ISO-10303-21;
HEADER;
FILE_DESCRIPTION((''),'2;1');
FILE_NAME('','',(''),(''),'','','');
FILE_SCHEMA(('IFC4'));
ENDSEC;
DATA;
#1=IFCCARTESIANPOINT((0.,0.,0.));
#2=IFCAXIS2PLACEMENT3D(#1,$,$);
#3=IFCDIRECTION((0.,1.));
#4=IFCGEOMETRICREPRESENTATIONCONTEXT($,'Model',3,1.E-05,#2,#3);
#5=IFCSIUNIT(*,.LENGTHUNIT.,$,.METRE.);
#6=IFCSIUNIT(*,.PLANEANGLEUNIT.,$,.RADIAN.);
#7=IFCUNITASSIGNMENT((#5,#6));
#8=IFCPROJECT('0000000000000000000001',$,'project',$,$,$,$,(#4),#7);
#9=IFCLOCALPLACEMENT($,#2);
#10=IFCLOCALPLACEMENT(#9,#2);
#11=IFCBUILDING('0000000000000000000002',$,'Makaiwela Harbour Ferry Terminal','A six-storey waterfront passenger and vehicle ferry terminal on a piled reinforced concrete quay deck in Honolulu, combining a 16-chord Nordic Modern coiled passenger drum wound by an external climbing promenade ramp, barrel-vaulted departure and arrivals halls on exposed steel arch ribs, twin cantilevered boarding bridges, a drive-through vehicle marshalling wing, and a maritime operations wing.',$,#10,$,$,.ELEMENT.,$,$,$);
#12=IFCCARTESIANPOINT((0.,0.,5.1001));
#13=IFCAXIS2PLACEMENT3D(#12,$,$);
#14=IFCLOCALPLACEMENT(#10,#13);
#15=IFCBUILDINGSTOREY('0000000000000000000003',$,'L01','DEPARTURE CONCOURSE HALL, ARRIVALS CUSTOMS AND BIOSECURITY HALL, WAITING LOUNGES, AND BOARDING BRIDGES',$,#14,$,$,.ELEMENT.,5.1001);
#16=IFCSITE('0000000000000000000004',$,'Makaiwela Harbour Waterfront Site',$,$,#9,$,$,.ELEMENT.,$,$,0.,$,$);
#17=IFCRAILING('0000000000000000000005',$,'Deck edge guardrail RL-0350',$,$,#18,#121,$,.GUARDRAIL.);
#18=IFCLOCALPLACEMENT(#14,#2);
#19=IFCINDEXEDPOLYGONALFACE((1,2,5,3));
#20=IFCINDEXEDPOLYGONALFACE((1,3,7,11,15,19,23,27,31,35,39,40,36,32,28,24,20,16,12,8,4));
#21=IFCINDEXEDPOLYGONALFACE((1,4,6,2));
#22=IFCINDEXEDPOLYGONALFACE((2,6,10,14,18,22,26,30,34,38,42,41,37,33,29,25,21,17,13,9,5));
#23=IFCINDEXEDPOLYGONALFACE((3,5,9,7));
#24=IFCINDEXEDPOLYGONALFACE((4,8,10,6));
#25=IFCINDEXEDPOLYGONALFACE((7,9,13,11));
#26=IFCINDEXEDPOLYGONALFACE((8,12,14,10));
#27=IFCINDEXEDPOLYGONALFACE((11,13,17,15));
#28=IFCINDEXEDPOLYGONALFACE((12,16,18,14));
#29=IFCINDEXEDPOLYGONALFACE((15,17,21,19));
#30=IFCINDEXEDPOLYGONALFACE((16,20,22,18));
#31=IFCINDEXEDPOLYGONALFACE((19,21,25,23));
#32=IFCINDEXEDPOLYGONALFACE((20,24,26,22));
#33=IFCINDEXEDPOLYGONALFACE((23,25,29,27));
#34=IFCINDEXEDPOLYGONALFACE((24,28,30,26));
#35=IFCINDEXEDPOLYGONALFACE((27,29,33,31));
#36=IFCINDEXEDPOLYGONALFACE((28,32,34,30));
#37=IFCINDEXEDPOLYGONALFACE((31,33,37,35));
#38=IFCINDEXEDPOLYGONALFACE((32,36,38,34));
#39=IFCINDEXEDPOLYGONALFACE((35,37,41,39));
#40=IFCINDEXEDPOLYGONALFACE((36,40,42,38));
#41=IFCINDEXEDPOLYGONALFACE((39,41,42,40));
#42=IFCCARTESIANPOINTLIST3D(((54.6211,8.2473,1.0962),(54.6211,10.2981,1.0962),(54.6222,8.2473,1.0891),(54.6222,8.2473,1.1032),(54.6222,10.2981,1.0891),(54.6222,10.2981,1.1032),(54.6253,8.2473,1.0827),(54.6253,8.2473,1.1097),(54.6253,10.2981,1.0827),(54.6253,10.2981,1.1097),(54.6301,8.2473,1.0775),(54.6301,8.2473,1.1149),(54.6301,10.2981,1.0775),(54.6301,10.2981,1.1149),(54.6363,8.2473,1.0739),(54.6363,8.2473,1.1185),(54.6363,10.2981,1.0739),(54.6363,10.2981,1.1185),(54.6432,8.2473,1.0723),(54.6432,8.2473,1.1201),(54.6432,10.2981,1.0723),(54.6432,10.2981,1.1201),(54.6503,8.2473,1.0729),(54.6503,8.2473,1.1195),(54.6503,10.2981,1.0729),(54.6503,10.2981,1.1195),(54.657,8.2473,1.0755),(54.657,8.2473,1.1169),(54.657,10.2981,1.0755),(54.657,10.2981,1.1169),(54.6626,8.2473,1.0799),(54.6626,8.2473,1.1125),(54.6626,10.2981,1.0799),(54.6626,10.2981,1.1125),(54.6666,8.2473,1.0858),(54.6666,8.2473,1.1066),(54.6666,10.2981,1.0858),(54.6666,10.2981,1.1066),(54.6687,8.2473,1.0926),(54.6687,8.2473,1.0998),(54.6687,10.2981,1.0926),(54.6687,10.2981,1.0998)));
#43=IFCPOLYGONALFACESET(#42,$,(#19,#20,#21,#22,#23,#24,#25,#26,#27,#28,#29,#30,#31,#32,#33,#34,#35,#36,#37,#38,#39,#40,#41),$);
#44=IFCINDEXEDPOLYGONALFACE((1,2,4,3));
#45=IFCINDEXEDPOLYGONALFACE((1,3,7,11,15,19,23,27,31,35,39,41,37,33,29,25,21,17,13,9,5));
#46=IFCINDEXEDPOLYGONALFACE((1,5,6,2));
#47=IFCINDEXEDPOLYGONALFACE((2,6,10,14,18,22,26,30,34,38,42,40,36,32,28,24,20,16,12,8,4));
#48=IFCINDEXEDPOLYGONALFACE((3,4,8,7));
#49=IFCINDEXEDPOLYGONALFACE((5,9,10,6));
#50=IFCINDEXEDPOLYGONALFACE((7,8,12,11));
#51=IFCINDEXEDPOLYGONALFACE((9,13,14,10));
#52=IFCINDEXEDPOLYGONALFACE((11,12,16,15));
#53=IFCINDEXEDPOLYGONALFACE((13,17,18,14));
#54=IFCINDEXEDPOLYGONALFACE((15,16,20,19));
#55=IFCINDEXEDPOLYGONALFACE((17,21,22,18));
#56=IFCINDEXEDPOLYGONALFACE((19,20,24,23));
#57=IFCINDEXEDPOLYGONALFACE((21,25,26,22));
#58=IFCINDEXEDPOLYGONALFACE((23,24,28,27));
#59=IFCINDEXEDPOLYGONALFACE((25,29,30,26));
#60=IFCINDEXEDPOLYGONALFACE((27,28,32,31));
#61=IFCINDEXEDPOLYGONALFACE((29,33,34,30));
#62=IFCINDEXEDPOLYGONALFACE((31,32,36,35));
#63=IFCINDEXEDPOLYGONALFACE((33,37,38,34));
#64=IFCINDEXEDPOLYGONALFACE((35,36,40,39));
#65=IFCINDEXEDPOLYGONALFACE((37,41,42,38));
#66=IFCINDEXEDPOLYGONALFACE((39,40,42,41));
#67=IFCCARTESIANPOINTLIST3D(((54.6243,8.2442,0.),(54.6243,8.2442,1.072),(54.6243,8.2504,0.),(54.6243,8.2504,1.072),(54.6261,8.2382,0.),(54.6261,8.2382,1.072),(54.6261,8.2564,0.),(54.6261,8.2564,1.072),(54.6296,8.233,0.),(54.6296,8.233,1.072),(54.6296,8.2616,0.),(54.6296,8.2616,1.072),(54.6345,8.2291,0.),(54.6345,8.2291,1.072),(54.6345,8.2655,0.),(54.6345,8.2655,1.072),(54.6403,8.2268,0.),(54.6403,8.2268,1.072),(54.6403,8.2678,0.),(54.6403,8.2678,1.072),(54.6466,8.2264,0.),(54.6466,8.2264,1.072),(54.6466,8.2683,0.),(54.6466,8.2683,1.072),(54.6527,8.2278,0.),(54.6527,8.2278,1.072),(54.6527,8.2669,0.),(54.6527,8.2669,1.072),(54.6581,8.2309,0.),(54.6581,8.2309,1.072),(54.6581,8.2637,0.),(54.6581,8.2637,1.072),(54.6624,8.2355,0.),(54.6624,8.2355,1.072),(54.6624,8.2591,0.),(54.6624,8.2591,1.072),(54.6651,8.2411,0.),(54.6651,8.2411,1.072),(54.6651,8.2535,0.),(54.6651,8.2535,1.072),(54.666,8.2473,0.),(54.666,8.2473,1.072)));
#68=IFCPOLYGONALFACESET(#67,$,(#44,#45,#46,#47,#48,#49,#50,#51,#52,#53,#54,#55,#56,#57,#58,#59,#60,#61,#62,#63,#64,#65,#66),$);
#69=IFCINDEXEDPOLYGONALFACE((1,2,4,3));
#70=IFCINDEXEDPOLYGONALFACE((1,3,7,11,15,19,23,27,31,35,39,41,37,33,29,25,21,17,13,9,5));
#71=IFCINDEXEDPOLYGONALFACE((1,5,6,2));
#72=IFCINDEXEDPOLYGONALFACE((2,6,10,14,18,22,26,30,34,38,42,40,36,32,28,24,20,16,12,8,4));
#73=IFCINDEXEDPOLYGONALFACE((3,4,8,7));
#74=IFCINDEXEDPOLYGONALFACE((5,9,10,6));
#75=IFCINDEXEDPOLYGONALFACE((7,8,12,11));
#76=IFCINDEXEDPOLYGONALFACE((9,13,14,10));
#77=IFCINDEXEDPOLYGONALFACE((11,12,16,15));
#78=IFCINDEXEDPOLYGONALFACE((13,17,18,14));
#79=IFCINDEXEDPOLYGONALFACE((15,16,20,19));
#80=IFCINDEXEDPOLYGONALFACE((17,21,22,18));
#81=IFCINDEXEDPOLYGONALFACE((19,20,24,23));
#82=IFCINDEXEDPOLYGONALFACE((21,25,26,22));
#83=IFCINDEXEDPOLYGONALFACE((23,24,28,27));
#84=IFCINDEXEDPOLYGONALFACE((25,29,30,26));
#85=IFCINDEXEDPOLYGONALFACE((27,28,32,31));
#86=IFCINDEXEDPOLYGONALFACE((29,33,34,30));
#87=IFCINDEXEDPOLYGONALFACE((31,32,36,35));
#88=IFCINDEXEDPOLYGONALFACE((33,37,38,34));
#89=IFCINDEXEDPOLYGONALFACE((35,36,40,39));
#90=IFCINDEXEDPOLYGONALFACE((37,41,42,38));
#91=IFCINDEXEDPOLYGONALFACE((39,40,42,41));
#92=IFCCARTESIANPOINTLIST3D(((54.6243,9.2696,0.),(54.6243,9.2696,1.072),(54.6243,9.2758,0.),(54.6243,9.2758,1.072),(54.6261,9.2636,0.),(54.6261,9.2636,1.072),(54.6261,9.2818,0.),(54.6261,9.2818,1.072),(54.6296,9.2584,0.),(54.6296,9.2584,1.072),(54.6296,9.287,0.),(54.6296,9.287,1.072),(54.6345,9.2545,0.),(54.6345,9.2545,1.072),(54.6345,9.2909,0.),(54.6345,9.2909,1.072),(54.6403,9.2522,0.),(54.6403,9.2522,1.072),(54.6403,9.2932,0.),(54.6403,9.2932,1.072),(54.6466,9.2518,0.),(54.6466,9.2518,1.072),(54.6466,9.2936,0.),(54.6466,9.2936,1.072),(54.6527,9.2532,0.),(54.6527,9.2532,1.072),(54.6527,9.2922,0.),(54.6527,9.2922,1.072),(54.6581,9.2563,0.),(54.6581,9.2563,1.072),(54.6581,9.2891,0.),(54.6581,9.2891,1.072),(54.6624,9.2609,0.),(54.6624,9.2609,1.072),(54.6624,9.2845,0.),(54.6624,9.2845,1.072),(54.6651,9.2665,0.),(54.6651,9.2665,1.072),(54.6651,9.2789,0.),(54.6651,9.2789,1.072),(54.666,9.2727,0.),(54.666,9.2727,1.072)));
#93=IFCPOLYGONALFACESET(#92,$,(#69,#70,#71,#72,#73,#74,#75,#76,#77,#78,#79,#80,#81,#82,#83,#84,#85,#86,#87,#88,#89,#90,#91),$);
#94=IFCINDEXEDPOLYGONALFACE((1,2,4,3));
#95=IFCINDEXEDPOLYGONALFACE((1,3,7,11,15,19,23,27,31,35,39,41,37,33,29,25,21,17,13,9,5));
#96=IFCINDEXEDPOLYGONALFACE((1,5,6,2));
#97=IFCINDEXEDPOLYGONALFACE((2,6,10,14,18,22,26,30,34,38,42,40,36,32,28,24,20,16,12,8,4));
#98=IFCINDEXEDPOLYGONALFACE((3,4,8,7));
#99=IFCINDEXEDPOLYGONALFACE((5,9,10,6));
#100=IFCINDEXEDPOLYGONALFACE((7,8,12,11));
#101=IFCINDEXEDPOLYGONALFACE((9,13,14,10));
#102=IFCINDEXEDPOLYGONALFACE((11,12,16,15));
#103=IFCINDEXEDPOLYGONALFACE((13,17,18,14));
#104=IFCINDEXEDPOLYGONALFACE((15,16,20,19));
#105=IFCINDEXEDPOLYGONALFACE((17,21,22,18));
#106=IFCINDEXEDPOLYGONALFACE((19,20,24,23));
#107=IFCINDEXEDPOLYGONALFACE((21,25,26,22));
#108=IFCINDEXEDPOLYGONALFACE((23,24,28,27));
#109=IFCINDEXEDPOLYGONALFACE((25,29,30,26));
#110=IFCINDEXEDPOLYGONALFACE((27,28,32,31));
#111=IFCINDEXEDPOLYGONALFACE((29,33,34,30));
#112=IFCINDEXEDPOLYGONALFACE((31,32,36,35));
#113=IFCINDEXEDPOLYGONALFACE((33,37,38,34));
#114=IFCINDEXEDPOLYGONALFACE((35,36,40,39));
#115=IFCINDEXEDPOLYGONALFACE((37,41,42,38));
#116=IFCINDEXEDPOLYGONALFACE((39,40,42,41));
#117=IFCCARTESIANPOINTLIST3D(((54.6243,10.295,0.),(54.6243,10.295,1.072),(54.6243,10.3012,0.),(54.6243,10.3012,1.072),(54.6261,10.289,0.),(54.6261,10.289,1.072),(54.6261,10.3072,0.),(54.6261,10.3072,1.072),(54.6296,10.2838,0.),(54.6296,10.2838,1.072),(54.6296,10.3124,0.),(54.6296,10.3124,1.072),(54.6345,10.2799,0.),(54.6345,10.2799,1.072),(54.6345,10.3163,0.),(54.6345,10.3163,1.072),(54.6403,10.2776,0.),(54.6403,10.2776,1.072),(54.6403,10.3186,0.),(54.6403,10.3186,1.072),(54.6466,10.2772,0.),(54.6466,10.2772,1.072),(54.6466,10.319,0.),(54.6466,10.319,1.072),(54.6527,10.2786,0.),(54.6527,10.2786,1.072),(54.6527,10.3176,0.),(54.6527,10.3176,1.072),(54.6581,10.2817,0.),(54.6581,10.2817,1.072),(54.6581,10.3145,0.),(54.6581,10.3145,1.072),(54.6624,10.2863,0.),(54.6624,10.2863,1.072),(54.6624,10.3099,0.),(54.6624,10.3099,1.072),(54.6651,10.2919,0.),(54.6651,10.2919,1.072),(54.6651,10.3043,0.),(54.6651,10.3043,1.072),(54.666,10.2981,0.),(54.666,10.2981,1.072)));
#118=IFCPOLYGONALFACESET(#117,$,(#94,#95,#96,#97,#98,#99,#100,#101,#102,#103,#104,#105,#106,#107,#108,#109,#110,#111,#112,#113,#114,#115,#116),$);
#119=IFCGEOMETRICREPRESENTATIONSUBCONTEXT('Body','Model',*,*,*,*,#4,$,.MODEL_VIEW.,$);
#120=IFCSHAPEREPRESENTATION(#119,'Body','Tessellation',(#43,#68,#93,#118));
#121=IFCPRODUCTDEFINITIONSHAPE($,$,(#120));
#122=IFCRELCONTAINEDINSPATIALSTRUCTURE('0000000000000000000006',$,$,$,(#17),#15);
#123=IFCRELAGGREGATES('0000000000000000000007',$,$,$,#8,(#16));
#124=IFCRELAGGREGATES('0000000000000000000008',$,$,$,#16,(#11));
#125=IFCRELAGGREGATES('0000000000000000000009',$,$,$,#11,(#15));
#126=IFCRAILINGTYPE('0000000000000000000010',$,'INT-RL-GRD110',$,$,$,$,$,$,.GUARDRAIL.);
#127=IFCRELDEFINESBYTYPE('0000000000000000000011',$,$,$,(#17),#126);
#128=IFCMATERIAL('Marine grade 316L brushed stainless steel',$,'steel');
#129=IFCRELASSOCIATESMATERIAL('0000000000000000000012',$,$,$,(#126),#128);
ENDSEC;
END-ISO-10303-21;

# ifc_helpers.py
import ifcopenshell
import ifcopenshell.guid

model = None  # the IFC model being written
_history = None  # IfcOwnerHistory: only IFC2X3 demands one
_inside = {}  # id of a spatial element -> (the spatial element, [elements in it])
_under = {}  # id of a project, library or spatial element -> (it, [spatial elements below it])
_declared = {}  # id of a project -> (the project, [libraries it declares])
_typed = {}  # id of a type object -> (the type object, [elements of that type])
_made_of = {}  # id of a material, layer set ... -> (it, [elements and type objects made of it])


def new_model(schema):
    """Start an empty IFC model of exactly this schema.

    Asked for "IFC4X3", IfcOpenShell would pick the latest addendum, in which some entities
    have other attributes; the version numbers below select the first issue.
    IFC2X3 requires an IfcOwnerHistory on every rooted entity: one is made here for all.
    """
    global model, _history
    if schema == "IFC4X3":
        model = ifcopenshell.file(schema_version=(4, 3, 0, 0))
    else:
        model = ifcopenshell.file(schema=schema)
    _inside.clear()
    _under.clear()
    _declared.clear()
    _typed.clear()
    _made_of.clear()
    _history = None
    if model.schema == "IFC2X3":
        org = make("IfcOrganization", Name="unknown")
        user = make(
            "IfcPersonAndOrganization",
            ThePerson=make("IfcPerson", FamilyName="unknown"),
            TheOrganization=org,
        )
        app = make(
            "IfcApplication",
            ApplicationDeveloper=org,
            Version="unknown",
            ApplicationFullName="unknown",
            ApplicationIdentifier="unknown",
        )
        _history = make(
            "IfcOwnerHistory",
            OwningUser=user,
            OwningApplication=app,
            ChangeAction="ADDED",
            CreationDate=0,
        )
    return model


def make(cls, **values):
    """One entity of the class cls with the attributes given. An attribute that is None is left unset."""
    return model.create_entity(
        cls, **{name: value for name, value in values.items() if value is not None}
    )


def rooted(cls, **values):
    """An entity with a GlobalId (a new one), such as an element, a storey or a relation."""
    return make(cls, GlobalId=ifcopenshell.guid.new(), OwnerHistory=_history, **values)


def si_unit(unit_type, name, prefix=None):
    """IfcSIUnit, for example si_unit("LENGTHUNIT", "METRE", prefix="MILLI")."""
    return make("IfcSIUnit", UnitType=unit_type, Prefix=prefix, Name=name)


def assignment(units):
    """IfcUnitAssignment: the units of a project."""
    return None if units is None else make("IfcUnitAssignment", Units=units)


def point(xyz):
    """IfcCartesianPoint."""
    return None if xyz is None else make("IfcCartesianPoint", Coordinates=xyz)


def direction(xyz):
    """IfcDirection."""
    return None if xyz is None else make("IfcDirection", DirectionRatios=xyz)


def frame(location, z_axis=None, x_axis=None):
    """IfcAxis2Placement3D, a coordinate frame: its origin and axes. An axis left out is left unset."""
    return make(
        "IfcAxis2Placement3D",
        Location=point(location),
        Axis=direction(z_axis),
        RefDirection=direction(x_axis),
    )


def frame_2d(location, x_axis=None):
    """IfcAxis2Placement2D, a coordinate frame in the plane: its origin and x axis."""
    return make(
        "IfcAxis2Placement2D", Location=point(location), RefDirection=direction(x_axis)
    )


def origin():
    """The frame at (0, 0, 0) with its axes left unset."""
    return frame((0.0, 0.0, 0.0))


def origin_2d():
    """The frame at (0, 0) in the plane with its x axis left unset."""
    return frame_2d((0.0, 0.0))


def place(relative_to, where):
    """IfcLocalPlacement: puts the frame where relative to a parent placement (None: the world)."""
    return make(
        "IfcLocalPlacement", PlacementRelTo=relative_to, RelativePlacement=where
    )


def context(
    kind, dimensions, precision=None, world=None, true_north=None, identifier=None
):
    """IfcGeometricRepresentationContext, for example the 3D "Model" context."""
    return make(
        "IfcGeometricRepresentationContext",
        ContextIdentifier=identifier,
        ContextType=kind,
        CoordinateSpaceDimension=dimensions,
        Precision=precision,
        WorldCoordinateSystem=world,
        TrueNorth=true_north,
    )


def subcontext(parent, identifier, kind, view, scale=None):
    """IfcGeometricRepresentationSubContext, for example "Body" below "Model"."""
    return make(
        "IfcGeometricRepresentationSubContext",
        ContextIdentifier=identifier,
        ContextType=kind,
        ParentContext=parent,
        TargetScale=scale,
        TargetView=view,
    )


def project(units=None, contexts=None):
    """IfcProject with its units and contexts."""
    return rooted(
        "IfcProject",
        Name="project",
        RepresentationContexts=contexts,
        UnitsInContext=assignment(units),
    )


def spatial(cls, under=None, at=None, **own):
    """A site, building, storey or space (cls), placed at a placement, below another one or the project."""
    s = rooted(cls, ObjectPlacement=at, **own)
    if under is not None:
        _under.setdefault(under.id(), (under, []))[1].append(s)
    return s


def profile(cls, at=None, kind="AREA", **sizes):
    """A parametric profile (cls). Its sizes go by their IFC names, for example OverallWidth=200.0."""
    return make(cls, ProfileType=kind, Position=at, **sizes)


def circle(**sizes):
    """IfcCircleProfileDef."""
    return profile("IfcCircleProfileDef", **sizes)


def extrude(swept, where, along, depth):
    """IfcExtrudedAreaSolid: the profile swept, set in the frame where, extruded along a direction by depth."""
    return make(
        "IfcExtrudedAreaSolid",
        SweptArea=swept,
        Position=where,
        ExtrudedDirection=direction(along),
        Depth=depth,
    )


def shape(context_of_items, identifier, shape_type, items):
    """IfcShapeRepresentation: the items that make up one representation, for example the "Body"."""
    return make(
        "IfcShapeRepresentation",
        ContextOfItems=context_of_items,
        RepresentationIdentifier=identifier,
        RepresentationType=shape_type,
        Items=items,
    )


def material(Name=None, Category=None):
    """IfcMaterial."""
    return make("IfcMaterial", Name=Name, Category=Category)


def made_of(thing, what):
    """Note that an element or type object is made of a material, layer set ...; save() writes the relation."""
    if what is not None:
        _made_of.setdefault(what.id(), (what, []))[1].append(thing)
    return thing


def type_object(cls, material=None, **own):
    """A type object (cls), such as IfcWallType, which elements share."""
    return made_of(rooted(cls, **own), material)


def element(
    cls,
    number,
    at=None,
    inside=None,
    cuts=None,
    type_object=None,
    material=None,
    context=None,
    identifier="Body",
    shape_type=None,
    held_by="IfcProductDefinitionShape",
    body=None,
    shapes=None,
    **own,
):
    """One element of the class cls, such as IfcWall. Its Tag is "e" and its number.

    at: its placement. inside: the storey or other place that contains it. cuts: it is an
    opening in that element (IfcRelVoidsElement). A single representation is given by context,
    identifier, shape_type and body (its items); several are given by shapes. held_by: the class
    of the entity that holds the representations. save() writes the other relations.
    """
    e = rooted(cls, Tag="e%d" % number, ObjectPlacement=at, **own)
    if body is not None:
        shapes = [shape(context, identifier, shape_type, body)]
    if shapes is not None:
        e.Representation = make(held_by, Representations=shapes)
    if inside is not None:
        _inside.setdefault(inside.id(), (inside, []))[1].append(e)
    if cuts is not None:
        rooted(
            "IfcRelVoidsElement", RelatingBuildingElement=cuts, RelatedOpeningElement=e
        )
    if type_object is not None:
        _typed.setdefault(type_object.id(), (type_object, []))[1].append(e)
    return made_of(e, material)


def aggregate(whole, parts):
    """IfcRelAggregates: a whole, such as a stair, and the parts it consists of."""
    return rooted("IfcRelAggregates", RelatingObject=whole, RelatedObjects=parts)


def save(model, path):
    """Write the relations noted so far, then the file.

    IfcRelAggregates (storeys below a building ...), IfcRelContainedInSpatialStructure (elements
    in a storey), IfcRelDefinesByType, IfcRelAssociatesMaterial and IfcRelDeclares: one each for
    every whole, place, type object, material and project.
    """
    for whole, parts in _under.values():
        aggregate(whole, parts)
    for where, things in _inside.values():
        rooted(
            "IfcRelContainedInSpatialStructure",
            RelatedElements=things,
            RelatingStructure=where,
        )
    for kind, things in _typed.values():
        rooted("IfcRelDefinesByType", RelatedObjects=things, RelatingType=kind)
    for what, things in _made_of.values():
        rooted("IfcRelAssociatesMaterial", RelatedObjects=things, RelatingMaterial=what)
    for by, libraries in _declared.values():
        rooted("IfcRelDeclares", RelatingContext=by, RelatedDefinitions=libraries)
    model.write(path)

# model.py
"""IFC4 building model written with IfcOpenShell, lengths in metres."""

from ifc_helpers import new_model, si_unit, direction, frame, origin, origin_2d, place, context, subcontext, project, spatial, circle, extrude, material, type_object, element, save


model = new_model("IFC4")

# Units and contexts
model_context = context("Model", 3, precision=1e-05, world=origin(), true_north=direction((0.0, 1.0)))
body_context = subcontext(model_context, "Body", "Model", "MODEL_VIEW")
ifc_project = project(units=[si_unit("LENGTHUNIT", "METRE"), si_unit("PLANEANGLEUNIT", "RADIAN")], contexts=[model_context])

# Site, building, storey
site_placement = place(None, origin())
site = spatial("IfcSite", under=ifc_project, at=site_placement, Name="Makaiwela Harbour Waterfront Site", CompositionType="ELEMENT", RefElevation=0.0)
building_placement = place(site_placement, origin())
building = spatial("IfcBuilding", under=site, at=building_placement, Name="Makaiwela Harbour Ferry Terminal", Description="A six-storey waterfront passenger and vehicle ferry terminal on a piled reinforced concrete quay deck in Honolulu, combining a 16-chord Nordic Modern coiled passenger drum wound by an external climbing promenade ramp, barrel-vaulted departure and arrivals halls on exposed steel arch ribs, twin cantilevered boarding bridges, a drive-through vehicle marshalling wing, and a maritime operations wing.", CompositionType="ELEMENT")
storey_placement = place(building_placement, frame((0.0, 0.0, 5.1001)))
storey = spatial("IfcBuildingStorey", under=building, at=storey_placement, Name="L01", Description="DEPARTURE CONCOURSE HALL, ARRIVALS CUSTOMS AND BIOSECURITY HALL, WAITING LOUNGES, AND BOARDING BRIDGES", CompositionType="ELEMENT", Elevation=5.1001)

# Railing
ifc_material_1 = material(Name="Marine grade 316L brushed stainless steel", Category="steel")
railing_type = type_object("IfcRailingType", Name="INT-RL-GRD110", PredefinedType="GUARDRAIL", material=ifc_material_1)
railing_1_placement = place(storey_placement, frame((54.645, 8.2473, 0.0)))
element("IfcRailing", 1, at=railing_1_placement, inside=storey, type_object=railing_type, Name="Deck edge guardrail RL-0350", PredefinedType="GUARDRAIL", context=body_context, shape_type="SweptSolid", body=[
    extrude(circle(Radius=0.0239, at=origin_2d()), frame((0.0, 0.0, 1.0962), z_axis=(0.0, 1.0, 0.0), x_axis=(-1.0, 0.0, 0.0)), (0.0, 0.0, 1.0), 2.0508),
    extrude(circle(Radius=0.021, at=origin_2d()), origin(), (0.0, 0.0, 1.0), 1.072),
    extrude(circle(Radius=0.021, at=origin_2d()), frame((0.0, 1.0254, 0.0)), (0.0, 0.0, 1.0), 1.072),
    extrude(circle(Radius=0.021, at=origin_2d()), frame((0.0, 2.0508, 0.0)), (0.0, 0.0, 1.0), 1.072),
])

save(model, "model.ifc")
